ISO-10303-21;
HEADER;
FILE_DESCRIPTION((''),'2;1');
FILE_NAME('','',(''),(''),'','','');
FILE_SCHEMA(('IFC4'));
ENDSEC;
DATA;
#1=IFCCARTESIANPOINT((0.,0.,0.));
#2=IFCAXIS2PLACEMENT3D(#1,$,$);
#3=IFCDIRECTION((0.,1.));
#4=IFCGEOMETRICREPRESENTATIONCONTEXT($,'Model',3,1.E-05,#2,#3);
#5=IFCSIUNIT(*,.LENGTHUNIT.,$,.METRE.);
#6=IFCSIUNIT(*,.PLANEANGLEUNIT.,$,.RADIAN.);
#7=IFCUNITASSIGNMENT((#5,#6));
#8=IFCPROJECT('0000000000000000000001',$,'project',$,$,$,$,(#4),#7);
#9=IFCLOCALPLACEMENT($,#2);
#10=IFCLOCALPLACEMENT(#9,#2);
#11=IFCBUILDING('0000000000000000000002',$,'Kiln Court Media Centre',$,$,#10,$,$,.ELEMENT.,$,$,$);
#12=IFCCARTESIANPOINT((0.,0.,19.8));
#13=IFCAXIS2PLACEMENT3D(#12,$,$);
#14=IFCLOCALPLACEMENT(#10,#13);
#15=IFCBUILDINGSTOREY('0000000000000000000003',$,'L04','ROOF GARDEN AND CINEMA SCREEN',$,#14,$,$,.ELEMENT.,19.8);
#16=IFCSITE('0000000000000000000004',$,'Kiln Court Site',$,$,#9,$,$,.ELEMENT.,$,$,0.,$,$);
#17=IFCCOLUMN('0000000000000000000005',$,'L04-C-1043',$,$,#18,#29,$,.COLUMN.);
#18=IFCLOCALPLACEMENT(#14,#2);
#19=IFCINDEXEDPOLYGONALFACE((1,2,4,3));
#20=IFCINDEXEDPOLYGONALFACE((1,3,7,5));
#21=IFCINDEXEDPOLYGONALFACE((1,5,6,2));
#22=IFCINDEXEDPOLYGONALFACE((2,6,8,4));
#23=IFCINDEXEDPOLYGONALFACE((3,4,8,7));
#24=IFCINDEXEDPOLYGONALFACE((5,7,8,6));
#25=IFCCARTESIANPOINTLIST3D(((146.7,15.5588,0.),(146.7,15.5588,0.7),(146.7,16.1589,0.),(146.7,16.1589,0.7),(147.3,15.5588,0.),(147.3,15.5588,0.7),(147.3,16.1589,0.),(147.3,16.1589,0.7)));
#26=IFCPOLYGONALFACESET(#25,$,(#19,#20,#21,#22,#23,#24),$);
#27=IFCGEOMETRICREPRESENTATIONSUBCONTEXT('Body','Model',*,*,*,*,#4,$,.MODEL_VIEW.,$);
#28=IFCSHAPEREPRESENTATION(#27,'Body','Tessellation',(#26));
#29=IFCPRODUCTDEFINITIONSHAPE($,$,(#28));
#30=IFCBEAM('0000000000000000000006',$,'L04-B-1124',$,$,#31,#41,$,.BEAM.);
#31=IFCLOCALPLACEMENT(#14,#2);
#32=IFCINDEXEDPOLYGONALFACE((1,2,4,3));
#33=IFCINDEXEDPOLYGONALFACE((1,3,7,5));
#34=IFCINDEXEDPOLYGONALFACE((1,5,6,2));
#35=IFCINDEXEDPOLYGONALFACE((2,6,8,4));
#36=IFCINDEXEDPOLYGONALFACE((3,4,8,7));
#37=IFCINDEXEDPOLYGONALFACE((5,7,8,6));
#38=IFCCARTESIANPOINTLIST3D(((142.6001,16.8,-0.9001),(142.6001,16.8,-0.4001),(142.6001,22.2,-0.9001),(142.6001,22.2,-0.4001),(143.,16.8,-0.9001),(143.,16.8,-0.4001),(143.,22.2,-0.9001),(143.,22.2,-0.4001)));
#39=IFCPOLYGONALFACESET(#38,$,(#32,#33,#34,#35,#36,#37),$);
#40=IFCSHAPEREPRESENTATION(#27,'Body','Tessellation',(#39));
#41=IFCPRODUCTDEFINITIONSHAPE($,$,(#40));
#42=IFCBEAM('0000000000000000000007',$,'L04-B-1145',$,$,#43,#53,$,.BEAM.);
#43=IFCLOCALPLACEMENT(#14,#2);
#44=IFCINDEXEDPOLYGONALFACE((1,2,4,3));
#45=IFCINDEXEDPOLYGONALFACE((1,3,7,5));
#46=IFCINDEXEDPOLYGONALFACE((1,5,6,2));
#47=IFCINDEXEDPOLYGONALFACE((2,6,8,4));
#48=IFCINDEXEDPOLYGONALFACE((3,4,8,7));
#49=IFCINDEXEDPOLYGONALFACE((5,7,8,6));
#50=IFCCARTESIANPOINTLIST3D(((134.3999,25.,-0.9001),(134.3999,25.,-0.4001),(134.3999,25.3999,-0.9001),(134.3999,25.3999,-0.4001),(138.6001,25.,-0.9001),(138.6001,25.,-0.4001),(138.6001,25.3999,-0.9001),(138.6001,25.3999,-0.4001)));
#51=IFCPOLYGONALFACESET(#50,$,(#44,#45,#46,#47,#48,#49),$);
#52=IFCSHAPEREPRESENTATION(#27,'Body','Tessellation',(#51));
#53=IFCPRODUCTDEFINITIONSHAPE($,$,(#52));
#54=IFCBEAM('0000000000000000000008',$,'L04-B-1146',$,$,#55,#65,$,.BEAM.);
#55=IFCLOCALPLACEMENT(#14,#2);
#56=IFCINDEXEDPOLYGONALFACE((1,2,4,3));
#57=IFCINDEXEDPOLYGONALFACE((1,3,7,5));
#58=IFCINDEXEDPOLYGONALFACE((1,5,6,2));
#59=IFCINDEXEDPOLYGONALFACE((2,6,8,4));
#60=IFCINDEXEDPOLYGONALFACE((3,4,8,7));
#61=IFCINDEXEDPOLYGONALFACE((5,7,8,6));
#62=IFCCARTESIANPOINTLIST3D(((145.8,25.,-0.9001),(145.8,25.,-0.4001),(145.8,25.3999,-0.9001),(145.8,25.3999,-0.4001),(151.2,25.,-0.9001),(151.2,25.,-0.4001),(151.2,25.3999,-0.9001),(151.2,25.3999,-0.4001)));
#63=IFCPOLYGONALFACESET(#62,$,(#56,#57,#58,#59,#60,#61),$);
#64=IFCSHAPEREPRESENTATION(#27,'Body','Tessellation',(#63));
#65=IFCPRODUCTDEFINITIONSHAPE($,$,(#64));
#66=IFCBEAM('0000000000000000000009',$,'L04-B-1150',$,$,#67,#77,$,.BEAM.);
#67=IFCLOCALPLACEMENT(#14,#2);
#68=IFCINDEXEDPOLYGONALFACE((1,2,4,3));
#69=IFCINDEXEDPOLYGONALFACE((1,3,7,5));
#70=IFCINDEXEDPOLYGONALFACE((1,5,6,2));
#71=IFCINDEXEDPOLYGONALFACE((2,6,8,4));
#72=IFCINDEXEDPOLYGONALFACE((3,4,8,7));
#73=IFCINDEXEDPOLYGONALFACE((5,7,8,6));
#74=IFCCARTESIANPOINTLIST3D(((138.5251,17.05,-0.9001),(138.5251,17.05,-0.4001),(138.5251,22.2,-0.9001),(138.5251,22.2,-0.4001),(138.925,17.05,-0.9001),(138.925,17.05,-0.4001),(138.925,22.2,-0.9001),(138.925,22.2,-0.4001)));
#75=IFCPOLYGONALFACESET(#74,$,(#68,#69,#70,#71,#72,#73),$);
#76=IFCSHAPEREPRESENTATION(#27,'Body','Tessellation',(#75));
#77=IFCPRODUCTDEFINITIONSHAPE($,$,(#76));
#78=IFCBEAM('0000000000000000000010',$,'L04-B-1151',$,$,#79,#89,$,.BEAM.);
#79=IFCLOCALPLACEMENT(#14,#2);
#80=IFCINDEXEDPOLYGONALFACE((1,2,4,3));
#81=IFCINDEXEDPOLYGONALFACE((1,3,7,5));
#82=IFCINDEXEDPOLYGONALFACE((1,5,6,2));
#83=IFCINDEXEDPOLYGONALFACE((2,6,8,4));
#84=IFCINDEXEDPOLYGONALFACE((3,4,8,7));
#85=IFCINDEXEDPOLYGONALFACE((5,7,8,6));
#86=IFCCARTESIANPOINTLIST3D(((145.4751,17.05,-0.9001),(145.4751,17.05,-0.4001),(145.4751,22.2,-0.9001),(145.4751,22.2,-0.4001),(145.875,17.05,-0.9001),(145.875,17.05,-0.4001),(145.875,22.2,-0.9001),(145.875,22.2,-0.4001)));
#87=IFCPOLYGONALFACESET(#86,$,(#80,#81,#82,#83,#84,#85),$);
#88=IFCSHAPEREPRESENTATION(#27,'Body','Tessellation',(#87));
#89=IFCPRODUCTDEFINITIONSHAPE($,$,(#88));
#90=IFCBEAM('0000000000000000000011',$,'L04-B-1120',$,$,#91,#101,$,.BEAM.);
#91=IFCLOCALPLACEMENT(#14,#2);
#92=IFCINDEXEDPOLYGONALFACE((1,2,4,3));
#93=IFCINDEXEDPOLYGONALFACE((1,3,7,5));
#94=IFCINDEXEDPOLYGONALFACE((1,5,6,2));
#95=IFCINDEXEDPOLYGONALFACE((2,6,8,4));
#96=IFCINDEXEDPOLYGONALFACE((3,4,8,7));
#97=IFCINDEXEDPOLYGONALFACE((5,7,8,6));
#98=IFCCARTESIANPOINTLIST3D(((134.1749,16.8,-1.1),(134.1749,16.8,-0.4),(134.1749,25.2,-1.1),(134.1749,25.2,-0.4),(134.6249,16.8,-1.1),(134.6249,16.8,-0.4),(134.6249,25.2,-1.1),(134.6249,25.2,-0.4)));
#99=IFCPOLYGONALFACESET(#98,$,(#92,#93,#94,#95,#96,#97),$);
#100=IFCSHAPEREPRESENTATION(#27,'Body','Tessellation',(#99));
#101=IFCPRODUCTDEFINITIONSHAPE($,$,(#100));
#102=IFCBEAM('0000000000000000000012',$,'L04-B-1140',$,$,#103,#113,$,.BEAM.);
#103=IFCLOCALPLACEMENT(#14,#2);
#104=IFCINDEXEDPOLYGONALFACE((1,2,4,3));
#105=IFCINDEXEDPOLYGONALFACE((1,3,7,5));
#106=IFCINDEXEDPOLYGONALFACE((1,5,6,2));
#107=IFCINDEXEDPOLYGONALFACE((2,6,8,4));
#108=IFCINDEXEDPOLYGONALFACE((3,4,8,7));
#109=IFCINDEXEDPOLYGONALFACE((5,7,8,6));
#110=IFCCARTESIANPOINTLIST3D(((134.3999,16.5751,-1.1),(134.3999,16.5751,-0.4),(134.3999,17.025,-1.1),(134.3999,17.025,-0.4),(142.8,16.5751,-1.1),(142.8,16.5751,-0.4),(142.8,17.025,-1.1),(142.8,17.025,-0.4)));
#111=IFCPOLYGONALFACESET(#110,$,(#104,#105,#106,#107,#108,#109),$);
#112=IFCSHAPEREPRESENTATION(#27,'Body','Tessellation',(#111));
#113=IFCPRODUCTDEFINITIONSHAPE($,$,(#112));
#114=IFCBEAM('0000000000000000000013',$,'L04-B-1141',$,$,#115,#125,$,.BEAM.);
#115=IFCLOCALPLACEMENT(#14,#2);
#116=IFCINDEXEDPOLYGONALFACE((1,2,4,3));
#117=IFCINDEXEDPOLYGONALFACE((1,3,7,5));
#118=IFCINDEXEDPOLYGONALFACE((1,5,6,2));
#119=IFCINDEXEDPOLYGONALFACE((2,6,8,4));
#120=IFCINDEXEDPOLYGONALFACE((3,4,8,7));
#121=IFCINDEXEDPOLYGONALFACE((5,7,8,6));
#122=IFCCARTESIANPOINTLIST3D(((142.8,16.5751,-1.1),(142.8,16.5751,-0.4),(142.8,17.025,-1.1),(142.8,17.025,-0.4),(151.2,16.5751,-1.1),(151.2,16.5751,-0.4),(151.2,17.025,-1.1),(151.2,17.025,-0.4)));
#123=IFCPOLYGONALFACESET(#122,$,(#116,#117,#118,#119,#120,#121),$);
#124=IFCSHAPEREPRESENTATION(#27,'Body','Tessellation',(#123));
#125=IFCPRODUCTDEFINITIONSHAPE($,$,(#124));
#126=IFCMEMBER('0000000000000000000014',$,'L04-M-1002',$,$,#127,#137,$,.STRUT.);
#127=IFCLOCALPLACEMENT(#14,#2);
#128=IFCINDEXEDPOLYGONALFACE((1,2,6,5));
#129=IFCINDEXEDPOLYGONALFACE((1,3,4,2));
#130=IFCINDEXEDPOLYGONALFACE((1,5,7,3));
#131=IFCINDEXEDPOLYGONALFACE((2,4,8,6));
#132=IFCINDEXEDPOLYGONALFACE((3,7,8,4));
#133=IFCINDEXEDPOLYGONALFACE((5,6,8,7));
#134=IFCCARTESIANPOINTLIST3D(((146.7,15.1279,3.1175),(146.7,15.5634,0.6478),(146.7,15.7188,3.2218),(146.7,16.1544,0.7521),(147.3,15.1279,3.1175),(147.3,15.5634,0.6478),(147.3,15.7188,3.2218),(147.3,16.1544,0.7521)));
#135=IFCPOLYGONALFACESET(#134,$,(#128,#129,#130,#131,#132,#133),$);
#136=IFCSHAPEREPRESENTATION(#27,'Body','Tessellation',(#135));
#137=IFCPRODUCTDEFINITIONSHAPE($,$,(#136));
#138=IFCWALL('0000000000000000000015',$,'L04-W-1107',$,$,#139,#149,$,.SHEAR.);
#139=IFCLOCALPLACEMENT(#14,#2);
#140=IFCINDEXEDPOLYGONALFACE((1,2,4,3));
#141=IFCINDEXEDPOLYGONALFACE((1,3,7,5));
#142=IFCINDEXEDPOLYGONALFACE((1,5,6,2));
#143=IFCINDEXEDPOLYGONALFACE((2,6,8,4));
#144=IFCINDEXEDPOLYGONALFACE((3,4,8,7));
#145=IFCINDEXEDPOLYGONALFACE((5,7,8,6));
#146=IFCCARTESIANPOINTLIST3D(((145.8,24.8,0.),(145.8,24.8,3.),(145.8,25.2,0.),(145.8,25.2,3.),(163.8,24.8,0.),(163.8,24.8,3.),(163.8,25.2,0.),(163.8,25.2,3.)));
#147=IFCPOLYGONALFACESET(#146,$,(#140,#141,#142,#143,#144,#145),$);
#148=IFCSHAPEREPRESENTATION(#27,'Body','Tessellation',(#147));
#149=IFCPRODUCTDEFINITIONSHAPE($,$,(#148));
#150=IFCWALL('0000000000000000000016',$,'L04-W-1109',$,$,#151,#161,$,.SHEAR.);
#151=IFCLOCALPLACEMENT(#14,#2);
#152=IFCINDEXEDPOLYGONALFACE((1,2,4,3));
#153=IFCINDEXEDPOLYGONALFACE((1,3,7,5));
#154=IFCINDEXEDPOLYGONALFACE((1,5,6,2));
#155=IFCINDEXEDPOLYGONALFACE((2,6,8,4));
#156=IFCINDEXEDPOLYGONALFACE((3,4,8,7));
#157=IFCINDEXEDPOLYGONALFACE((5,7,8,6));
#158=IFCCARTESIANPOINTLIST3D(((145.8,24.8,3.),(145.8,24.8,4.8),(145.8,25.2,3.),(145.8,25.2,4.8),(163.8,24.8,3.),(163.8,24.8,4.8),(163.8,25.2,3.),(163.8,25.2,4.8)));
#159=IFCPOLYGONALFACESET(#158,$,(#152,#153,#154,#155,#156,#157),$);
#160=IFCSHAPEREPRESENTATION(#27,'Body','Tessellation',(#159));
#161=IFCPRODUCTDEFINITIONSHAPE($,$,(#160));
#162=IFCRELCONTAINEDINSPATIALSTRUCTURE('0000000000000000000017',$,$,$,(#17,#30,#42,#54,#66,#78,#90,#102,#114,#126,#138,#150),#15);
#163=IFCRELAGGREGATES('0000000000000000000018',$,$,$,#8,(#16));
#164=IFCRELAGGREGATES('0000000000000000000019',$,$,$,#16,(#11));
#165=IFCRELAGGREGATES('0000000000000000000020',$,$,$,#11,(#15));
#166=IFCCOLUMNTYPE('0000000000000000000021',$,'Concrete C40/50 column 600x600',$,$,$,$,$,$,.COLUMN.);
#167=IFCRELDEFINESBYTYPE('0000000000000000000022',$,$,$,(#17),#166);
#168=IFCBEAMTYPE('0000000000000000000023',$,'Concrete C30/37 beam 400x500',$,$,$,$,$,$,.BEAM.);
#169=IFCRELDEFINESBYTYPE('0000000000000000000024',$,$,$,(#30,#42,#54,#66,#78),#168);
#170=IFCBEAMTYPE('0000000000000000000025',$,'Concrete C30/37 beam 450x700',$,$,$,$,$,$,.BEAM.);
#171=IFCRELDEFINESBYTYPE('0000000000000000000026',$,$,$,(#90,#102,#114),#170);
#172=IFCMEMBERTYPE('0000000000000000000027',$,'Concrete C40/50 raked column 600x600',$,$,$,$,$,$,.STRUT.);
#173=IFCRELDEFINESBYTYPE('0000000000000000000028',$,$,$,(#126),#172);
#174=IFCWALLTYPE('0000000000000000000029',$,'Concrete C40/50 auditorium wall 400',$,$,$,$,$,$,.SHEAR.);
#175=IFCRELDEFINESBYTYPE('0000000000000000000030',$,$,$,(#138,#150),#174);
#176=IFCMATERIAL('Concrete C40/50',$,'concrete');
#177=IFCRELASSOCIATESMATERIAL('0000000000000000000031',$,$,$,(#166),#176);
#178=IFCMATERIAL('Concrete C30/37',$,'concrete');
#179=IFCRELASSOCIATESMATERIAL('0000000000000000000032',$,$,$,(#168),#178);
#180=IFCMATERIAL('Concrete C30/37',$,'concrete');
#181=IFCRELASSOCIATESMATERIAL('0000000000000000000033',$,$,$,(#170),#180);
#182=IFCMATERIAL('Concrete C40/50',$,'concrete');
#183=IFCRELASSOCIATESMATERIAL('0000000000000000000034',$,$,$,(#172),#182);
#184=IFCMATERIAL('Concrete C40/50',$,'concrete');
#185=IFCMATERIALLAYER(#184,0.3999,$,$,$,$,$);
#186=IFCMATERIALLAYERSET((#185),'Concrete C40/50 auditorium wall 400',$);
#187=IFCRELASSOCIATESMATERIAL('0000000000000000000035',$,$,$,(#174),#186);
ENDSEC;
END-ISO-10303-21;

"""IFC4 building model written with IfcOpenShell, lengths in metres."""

from ifc_helpers import new_model, si_unit, direction, frame, frame_2d, origin, origin_2d, place, context, subcontext, project, spatial, rectangle, extrude, material, layer, layer_set, material_profile, profile_set, type_object, element, save


model = new_model("IFC4")

# Units and contexts
model_context = context("Model", 3, precision=1e-05, world=origin(), true_north=direction((0.0, 1.0)))
body_context = subcontext(model_context, "Body", "Model", "MODEL_VIEW")
ifc_project = project(units=[si_unit("LENGTHUNIT", "METRE"), si_unit("PLANEANGLEUNIT", "RADIAN")], contexts=[model_context])

# Site, building, storey
site_placement = place(None, origin())
site = spatial("IfcSite", under=ifc_project, at=site_placement, Name="Kiln Court Site", CompositionType="ELEMENT", RefElevation=0.0)
building_placement = place(site_placement, origin())
building = spatial("IfcBuilding", under=site, at=building_placement, Name="Kiln Court Media Centre", CompositionType="ELEMENT")
storey_placement = place(building_placement, frame((0.0, 0.0, 19.8)))
storey = spatial("IfcBuildingStorey", under=building, at=storey_placement, Name="L04", Description="ROOF GARDEN AND CINEMA SCREEN", CompositionType="ELEMENT", Elevation=19.8)

# Column
ifc_material_1 = material(Name="Concrete C40/50", Category="concrete")
ifc_material_profile_1 = material_profile(ifc_material_1, rectangle(XDim=0.6001, YDim=0.6001, at=origin_2d()), Name="RC 600x600")
ifc_profile_set_1 = profile_set([ifc_material_profile_1], Name="Concrete C40/50")
column_type = type_object("IfcColumnType", Name="Concrete C40/50 column 600x600", PredefinedType="COLUMN", material=ifc_profile_set_1)
column_placement = place(storey_placement, frame((147.0, 15.8589, 0.0), z_axis=(0.0, 0.0, 1.0), x_axis=(1.0, 0.0, 0.0)))
element("IfcColumn", 1, at=column_placement, inside=storey, type_object=column_type, Name="L04-C-1043", PredefinedType="COLUMN", context=body_context, shape_type="SweptSolid", body=[
    extrude(rectangle(XDim=0.6001, YDim=0.6001, at=origin_2d()), origin(), (0.0, 0.0, 1.0), 0.7),
])

# Beams
ifc_material_2 = material(Name="Concrete C30/37", Category="concrete")
ifc_material_profile_2 = material_profile(ifc_material_2, rectangle(XDim=0.3999, YDim=0.5, at=origin_2d()), Name="RC 400x500")
ifc_profile_set_2 = profile_set([ifc_material_profile_2], Name="Concrete C30/37")
beam_type_1 = type_object("IfcBeamType", Name="Concrete C30/37 beam 400x500", PredefinedType="BEAM", material=ifc_profile_set_2)
beam_1_placement = place(storey_placement, frame((142.8, 16.8, -0.6501), z_axis=(0.0, 1.0, 0.0), x_axis=(-1.0, 0.0, 0.0)))
element("IfcBeam", 2, at=beam_1_placement, inside=storey, type_object=beam_type_1, Name="L04-B-1124", PredefinedType="BEAM", context=body_context, shape_type="SweptSolid", body=[
    extrude(rectangle(XDim=0.3999, YDim=0.5, at=origin_2d()), origin(), (0.0, 0.0, 1.0), 5.3999),
])
beam_2_placement = place(storey_placement, frame((134.3999, 25.2, -0.6501), z_axis=(1.0, 0.0, 0.0), x_axis=(0.0, 1.0, 0.0)))
element("IfcBeam", 3, at=beam_2_placement, inside=storey, type_object=beam_type_1, Name="L04-B-1145", PredefinedType="BEAM", context=body_context, shape_type="SweptSolid", body=[
    extrude(rectangle(XDim=0.3999, YDim=0.5, at=origin_2d()), origin(), (0.0, 0.0, 1.0), 4.2002),
])
beam_3_placement = place(storey_placement, frame((145.8, 25.2, -0.6501), z_axis=(1.0, 0.0, 0.0), x_axis=(0.0, 1.0, 0.0)))
element("IfcBeam", 4, at=beam_3_placement, inside=storey, type_object=beam_type_1, Name="L04-B-1146", PredefinedType="BEAM", context=body_context, shape_type="SweptSolid", body=[
    extrude(rectangle(XDim=0.3999, YDim=0.5, at=origin_2d()), origin(), (0.0, 0.0, 1.0), 5.3999),
])
for number, where, z_axis, x_axis, name in (
    (5, (138.7251, 17.05, -0.6501), (0.0, 1.0, 0.0), (-1.0, 0.0, 0.0), "L04-B-1150"),
    (6, (145.675, 22.2, -0.6501), (0.0, -1.0, 0.0), (1.0, 0.0, 0.0), "L04-B-1151"),
):
    element("IfcBeam", number, at=place(storey_placement, frame(where, z_axis=z_axis, x_axis=x_axis)), inside=storey, type_object=beam_type_1, Name=name, PredefinedType="BEAM", context=body_context, shape_type="SweptSolid", body=[
        extrude(rectangle(XDim=0.3999, YDim=0.5, at=origin_2d()), origin(), (0.0, 0.0, 1.0), 5.1499),
    ])
ifc_material_3 = material(Name="Concrete C30/37", Category="concrete")
ifc_material_profile_3 = material_profile(ifc_material_3, rectangle(XDim=0.45, YDim=0.7, at=origin_2d()), Name="RC 450x700")
ifc_profile_set_3 = profile_set([ifc_material_profile_3], Name="Concrete C30/37")
beam_type_2 = type_object("IfcBeamType", Name="Concrete C30/37 beam 450x700", PredefinedType="BEAM", material=ifc_profile_set_3)
beam_4_placement = place(storey_placement, frame((134.3999, 16.8, -0.75), z_axis=(0.0, 1.0, 0.0), x_axis=(-1.0, 0.0, 0.0)))
element("IfcBeam", 7, at=beam_4_placement, inside=storey, type_object=beam_type_2, Name="L04-B-1120", PredefinedType="BEAM", context=body_context, shape_type="SweptSolid", body=[
    extrude(rectangle(XDim=0.45, YDim=0.7, at=origin_2d()), origin(), (0.0, 0.0, 1.0), 8.3999),
])
beam_5_placement = place(storey_placement, frame((134.3999, 16.8, -0.75), z_axis=(1.0, 0.0, 0.0), x_axis=(0.0, 1.0, 0.0)))
element("IfcBeam", 8, at=beam_5_placement, inside=storey, type_object=beam_type_2, Name="L04-B-1140", PredefinedType="BEAM", context=body_context, shape_type="SweptSolid", body=[
    extrude(rectangle(XDim=0.45, YDim=0.7, at=origin_2d()), origin(), (0.0, 0.0, 1.0), 8.4001),
])
beam_6_placement = place(storey_placement, frame((142.8, 16.8, -0.75), z_axis=(1.0, 0.0, 0.0), x_axis=(0.0, 1.0, 0.0)))
element("IfcBeam", 9, at=beam_6_placement, inside=storey, type_object=beam_type_2, Name="L04-B-1141", PredefinedType="BEAM", context=body_context, shape_type="SweptSolid", body=[
    extrude(rectangle(XDim=0.45, YDim=0.7, at=origin_2d()), origin(), (0.0, 0.0, 1.0), 8.3999),
])

# Member
ifc_material_4 = material(Name="Concrete C40/50", Category="concrete")
ifc_material_profile_4 = material_profile(ifc_material_4, rectangle(XDim=0.6001, YDim=0.6001, at=origin_2d()), Name="RC 600x600")
ifc_profile_set_4 = profile_set([ifc_material_profile_4], Name="Concrete C40/50")
member_type = type_object("IfcMemberType", Name="Concrete C40/50 raked column 600x600", PredefinedType="STRUT", material=ifc_profile_set_4)
member_placement = place(storey_placement, frame((147.0, 15.8589, 0.7), z_axis=(0.0, -0.173674, 0.984803), x_axis=(1.0, 0.0, 0.0)))
element("IfcMember", 10, at=member_placement, inside=storey, type_object=member_type, Name="L04-M-1002", PredefinedType="STRUT", context=body_context, shape_type="SweptSolid", body=[
    extrude(rectangle(XDim=0.6001, YDim=0.6001, at=origin_2d()), origin(), (0.0, 0.0, 1.0), 2.5078),
])

# Walls
ifc_material_5 = material(Name="Concrete C40/50", Category="concrete")
ifc_layer_1 = layer(ifc_material_5, 0.3999)
ifc_layer_set_1 = layer_set([ifc_layer_1], Name="Concrete C40/50 auditorium wall 400")
wall_type_1 = type_object("IfcWallType", Name="Concrete C40/50 auditorium wall 400", PredefinedType="SHEAR", material=ifc_layer_set_1)
wall_1_placement = place(storey_placement, frame((145.8, 25.0, 0.0), z_axis=(0.0, 0.0, 1.0), x_axis=(1.0, 0.0, 0.0)))
element("IfcWall", 11, at=wall_1_placement, inside=storey, type_object=wall_type_1, Name="L04-W-1107", PredefinedType="SHEAR", context=body_context, shape_type="SweptSolid", body=[
    extrude(rectangle(XDim=18.0, YDim=0.3999, at=frame_2d((9.0, 0.0))), origin(), (0.0, 0.0, 1.0), 3.0),
])
wall_2_placement = place(storey_placement, frame((145.8, 25.0, 3.0), z_axis=(0.0, 0.0, 1.0), x_axis=(1.0, 0.0, 0.0)))
element("IfcWall", 12, at=wall_2_placement, inside=storey, type_object=wall_type_1, Name="L04-W-1109", PredefinedType="SHEAR", context=body_context, shape_type="SweptSolid", body=[
    extrude(rectangle(XDim=18.0, YDim=0.3999, at=frame_2d((9.0, 0.0))), origin(), (0.0, 0.0, 1.0), 1.8),
])

save(model, "model.ifc")
